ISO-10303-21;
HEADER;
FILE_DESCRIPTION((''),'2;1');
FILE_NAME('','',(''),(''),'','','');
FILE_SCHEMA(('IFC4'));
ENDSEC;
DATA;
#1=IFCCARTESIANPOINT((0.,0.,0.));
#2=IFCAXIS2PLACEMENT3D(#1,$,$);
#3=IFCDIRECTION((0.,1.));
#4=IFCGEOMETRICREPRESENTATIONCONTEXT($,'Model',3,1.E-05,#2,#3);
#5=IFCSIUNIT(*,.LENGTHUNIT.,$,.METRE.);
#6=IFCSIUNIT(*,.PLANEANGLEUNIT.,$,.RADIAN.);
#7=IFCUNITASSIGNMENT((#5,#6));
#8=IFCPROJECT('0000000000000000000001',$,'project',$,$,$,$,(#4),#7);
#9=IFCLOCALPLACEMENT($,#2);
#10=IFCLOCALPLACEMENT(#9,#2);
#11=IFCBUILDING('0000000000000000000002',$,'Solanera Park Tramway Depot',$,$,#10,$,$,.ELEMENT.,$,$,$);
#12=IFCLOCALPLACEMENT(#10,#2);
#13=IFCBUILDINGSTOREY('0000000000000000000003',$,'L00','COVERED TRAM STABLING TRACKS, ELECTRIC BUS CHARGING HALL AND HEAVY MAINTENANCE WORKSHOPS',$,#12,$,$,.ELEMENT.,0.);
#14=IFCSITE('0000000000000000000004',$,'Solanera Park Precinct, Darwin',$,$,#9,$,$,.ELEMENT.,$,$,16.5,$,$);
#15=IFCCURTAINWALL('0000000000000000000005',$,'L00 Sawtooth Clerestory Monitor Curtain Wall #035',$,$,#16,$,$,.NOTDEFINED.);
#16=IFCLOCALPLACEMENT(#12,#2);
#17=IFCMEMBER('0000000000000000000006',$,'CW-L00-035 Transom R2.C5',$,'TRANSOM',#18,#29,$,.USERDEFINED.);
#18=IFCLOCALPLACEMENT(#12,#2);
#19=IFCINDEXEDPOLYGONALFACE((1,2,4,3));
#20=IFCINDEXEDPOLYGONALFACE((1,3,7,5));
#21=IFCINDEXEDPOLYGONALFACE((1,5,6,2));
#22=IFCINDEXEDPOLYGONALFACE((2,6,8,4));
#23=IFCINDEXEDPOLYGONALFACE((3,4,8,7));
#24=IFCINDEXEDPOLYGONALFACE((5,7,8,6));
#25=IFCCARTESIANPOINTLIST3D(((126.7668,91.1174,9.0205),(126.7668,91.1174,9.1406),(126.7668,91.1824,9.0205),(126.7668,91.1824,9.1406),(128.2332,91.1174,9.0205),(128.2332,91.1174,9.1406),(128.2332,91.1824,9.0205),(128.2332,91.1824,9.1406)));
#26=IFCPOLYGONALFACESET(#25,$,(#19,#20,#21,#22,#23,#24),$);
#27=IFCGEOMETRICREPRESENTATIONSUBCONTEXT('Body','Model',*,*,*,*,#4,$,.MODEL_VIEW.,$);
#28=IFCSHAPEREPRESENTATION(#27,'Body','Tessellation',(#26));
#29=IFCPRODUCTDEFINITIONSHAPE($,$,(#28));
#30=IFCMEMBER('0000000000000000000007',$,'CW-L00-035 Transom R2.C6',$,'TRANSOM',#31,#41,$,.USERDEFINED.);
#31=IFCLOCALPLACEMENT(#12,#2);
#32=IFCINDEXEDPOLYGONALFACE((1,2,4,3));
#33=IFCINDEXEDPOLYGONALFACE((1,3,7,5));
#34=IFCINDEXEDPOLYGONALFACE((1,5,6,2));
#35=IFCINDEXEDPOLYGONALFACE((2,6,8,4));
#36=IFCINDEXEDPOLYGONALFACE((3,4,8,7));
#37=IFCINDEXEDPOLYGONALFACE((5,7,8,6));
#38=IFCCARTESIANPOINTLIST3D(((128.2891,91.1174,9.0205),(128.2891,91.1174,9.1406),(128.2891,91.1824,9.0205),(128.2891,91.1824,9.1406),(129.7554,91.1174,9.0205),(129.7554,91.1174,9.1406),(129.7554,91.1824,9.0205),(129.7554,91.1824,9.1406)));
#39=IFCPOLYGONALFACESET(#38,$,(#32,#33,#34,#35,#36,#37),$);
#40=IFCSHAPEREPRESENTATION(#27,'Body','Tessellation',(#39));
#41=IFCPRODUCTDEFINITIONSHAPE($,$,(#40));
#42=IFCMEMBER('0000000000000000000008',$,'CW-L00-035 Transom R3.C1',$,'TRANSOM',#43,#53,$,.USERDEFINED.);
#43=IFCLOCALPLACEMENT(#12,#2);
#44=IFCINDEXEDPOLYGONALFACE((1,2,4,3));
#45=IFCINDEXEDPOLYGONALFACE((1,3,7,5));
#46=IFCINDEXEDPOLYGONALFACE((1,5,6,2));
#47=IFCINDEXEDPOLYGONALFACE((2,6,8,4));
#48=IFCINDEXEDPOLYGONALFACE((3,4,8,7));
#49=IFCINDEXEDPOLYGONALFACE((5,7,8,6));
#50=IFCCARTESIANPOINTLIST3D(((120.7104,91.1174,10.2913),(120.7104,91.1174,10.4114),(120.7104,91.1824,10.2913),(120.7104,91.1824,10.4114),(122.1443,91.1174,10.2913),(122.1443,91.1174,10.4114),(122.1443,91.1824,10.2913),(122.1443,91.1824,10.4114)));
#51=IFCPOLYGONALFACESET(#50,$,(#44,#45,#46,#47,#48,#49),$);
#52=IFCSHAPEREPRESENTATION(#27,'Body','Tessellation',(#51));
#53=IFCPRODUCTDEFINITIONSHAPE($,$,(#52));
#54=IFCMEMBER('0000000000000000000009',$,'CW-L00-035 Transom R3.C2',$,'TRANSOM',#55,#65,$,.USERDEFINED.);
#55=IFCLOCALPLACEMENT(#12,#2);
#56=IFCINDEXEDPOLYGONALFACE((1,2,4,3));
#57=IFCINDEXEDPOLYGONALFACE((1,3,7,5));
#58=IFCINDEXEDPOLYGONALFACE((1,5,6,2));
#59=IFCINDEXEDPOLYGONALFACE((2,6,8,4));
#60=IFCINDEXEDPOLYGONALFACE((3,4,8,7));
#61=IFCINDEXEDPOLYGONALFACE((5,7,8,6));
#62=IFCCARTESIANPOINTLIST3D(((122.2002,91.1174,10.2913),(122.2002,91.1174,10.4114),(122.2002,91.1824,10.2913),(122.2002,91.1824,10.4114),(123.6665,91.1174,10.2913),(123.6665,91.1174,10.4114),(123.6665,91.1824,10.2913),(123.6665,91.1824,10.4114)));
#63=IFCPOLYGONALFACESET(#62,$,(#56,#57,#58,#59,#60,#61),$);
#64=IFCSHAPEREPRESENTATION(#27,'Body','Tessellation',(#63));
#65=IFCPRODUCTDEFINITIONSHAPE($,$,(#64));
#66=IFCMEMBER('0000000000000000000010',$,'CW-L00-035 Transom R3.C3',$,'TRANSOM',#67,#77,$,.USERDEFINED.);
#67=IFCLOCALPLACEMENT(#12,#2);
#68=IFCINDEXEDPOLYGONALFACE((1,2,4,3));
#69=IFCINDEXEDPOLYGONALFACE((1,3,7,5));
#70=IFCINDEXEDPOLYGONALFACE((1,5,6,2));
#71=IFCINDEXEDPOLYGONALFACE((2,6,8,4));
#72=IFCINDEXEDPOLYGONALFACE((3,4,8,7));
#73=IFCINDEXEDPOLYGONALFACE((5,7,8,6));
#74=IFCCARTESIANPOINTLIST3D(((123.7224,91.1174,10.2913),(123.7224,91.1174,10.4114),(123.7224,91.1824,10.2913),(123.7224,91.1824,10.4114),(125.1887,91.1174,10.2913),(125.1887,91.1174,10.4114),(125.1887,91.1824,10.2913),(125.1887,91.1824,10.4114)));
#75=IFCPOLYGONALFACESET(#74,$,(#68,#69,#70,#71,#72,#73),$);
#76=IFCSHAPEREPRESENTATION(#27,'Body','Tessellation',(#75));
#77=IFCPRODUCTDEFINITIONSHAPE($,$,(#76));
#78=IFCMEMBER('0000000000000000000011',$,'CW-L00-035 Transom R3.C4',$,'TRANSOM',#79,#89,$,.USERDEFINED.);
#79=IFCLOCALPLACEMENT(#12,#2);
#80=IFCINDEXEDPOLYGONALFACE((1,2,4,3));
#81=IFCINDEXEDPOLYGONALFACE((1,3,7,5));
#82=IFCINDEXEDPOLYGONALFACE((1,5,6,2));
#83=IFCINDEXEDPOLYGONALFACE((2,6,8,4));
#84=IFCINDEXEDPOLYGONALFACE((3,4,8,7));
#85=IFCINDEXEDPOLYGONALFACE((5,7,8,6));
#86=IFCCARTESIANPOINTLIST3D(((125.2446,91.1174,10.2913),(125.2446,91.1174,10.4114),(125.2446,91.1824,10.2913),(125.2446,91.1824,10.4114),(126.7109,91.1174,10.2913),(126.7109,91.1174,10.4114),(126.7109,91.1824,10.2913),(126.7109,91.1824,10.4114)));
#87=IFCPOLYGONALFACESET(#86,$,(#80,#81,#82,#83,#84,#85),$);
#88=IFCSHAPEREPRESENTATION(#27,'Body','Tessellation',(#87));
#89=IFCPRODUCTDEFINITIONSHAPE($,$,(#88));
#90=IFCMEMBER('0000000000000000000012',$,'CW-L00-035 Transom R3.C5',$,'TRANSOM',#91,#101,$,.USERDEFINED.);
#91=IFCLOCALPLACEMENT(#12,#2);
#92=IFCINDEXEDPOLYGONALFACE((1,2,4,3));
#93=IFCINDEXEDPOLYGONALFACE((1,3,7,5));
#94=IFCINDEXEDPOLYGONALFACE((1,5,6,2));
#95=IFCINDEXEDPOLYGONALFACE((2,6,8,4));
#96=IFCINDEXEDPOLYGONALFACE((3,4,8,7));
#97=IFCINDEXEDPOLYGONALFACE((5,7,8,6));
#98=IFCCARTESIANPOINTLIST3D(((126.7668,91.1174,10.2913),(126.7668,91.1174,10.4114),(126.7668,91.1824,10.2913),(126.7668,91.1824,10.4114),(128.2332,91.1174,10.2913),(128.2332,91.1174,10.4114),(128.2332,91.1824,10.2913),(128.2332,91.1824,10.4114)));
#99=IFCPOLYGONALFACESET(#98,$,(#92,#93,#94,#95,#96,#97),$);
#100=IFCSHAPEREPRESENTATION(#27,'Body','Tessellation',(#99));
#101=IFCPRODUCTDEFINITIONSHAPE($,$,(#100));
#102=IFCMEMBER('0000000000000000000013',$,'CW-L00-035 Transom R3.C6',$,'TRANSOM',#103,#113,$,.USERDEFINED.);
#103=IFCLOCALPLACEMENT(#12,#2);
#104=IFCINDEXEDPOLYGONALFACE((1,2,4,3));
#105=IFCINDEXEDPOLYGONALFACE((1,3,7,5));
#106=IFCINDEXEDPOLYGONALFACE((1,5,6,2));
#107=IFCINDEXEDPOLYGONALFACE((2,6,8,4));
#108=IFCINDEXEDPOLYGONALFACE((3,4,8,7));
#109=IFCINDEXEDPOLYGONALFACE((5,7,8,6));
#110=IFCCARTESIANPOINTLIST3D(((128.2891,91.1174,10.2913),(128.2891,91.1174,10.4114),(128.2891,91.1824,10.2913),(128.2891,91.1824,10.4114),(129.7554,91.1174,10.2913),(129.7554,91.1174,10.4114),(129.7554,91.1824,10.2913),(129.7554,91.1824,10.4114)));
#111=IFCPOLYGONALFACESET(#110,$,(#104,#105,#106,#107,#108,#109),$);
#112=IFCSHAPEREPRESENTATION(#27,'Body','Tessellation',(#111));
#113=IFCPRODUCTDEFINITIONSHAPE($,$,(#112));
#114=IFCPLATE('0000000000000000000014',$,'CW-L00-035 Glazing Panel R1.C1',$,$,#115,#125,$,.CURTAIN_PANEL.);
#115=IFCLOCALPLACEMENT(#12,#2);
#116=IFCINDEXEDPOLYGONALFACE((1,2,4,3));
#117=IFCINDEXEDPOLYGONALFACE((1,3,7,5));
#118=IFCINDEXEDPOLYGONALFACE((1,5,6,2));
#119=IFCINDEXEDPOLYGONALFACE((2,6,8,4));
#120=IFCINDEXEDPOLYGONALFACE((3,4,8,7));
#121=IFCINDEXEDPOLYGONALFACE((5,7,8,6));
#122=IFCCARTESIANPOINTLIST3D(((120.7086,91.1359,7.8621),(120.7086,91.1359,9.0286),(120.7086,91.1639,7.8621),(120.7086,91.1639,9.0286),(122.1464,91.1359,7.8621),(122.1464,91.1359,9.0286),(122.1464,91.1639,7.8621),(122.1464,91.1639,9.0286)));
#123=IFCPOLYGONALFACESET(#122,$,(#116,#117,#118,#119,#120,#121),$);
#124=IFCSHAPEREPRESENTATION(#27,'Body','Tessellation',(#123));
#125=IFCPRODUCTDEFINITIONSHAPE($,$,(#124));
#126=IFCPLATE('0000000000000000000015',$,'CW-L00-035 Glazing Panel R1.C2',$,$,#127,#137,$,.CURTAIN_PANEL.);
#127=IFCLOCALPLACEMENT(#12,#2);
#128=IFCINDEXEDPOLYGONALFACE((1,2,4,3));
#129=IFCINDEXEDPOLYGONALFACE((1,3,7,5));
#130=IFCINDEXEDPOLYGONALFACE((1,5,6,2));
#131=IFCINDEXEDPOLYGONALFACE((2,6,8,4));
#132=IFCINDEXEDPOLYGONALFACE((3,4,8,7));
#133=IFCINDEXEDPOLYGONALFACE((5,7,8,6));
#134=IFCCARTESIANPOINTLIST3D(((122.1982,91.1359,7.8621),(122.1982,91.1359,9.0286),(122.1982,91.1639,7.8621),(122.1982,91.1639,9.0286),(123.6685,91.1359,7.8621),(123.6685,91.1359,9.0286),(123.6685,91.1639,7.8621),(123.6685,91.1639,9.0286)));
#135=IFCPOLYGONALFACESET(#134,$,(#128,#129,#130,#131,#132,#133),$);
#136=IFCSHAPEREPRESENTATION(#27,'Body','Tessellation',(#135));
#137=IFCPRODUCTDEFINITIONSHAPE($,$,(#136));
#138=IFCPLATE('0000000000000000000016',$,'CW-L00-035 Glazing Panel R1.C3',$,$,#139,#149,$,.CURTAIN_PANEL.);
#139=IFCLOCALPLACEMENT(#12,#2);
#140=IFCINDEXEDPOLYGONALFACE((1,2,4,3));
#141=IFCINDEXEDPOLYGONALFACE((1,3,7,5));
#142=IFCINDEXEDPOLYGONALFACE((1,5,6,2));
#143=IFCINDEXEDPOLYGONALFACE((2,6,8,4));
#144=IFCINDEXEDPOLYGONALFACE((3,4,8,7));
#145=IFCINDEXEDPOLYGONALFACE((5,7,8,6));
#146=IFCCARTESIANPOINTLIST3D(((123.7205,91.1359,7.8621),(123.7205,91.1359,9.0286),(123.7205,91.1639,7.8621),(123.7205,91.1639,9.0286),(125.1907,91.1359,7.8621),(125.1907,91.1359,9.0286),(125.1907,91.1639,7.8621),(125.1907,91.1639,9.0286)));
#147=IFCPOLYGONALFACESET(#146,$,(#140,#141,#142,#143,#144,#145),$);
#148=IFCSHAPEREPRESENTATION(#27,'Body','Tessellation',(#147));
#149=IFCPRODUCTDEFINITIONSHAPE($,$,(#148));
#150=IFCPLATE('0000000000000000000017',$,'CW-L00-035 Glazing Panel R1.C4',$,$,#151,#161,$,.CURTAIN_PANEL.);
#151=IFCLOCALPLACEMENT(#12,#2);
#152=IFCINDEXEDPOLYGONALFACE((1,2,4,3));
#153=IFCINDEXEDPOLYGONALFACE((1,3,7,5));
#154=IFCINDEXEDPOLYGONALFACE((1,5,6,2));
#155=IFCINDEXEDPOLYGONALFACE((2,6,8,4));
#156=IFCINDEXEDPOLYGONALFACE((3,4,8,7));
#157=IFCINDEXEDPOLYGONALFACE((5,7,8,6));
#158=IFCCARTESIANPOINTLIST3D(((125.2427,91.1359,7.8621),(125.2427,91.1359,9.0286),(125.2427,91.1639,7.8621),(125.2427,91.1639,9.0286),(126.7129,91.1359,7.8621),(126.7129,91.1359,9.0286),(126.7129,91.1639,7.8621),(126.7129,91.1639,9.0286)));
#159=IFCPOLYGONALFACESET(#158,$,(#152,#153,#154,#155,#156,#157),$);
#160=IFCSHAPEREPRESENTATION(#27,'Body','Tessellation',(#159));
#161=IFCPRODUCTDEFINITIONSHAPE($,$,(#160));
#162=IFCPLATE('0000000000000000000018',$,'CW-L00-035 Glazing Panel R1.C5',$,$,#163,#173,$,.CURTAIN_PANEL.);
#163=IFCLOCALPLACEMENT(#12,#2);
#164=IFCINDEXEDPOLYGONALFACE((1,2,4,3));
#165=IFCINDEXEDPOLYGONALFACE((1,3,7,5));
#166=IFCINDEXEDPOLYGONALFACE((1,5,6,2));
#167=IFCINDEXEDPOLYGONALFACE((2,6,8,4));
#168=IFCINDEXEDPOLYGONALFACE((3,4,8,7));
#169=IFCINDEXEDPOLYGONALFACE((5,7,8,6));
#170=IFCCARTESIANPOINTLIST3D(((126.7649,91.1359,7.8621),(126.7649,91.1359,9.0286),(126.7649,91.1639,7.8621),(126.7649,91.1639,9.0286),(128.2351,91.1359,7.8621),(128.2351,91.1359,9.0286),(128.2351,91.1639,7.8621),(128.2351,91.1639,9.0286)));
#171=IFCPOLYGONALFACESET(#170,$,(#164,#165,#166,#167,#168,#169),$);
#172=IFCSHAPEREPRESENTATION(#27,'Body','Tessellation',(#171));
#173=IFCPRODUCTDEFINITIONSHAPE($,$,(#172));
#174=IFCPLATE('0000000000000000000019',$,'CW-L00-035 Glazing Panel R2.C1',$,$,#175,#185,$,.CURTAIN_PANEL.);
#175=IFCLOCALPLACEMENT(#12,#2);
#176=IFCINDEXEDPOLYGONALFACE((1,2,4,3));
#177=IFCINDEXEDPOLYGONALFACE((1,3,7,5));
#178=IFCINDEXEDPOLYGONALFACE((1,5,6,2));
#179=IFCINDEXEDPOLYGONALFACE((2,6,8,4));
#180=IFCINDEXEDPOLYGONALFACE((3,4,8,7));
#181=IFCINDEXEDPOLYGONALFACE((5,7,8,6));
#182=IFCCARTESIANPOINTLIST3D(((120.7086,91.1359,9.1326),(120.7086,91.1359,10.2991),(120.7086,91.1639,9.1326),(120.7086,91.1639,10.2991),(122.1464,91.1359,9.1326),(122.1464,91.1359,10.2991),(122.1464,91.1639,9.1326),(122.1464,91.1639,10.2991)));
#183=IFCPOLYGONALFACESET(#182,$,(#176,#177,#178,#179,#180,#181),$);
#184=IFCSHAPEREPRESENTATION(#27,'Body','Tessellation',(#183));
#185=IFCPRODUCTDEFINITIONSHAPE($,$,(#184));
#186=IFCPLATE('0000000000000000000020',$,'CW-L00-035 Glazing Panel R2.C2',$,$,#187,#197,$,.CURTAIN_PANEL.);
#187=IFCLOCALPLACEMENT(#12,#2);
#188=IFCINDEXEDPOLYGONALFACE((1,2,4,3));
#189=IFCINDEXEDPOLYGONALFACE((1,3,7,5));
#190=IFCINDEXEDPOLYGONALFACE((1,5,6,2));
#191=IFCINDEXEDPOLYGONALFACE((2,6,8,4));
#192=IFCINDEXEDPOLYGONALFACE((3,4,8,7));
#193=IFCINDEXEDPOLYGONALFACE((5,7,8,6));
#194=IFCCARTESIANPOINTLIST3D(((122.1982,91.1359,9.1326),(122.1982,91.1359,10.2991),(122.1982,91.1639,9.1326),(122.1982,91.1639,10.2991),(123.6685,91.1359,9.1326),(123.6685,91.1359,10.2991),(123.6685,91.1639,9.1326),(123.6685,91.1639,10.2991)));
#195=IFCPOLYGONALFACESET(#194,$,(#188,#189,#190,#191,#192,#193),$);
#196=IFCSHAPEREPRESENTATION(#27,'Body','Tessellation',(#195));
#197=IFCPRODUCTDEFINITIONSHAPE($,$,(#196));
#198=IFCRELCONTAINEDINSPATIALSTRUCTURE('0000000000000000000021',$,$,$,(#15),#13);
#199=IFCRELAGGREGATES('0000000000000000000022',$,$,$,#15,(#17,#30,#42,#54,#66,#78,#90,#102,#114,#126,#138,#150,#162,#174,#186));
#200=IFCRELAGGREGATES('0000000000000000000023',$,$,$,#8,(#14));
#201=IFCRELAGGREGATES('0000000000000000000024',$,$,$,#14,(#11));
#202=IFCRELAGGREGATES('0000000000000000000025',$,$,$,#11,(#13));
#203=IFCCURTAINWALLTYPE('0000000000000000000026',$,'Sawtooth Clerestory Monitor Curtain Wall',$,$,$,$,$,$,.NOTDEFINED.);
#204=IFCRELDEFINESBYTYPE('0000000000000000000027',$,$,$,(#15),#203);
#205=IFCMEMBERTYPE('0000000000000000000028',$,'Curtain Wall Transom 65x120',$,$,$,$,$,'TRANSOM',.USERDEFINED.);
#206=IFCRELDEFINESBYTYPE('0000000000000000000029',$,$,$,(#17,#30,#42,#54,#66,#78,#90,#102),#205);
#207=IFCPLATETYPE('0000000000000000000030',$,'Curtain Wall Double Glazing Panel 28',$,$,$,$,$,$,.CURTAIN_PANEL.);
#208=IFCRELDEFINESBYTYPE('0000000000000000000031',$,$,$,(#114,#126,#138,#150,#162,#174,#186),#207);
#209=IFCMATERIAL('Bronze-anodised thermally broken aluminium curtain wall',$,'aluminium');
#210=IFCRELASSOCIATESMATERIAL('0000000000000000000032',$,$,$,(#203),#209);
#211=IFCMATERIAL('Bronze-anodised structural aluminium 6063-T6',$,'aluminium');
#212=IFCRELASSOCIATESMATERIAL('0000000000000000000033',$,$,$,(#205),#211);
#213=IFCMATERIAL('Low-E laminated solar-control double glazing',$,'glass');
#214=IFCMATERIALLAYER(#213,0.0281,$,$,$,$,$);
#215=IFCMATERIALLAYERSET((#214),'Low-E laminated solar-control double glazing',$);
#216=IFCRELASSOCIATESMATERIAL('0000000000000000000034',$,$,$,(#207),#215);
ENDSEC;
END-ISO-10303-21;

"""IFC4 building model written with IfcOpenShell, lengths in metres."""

from ifc_helpers import new_model, si_unit, direction, frame, origin, origin_2d, place, context, subcontext, project, spatial, rectangle, extrude, material, layer, layer_set, material_profile, profile_set, type_object, element, aggregate, save


model = new_model("IFC4")

# Units and contexts
model_context = context("Model", 3, precision=1e-05, world=origin(), true_north=direction((0.0, 1.0)))
body_context = subcontext(model_context, "Body", "Model", "MODEL_VIEW")
ifc_project = project(units=[si_unit("LENGTHUNIT", "METRE"), si_unit("PLANEANGLEUNIT", "RADIAN")], contexts=[model_context])

# Site, building, storey
site_placement = place(None, origin())
site = spatial("IfcSite", under=ifc_project, at=site_placement, Name="Solanera Park Precinct, Darwin", CompositionType="ELEMENT", RefElevation=16.5)
building_placement = place(site_placement, origin())
building = spatial("IfcBuilding", under=site, at=building_placement, Name="Solanera Park Tramway Depot", CompositionType="ELEMENT")
storey_placement = place(building_placement, origin())
storey = spatial("IfcBuildingStorey", under=building, at=storey_placement, Name="L00", Description="COVERED TRAM STABLING TRACKS, ELECTRIC BUS CHARGING HALL AND HEAVY MAINTENANCE WORKSHOPS", CompositionType="ELEMENT", Elevation=0.0)

# Curtain wall, members, plates
ifc_material_1 = material(Name="Bronze-anodised thermally broken aluminium curtain wall", Category="aluminium")
curtain_wall_type = type_object("IfcCurtainWallType", Name="Sawtooth Clerestory Monitor Curtain Wall", PredefinedType="NOTDEFINED", material=ifc_material_1)
curtain_wall_placement = place(storey_placement, origin())
curtain_wall = element("IfcCurtainWall", 1, at=curtain_wall_placement, inside=storey, type_object=curtain_wall_type, Name="L00 Sawtooth Clerestory Monitor Curtain Wall #035", PredefinedType="NOTDEFINED")
ifc_material_2 = material(Name="Bronze-anodised structural aluminium 6063-T6", Category="aluminium")
ifc_material_profile_1 = material_profile(ifc_material_2, rectangle(XDim=0.0649, YDim=0.1201, at=origin_2d()), Name="Curtain Wall Transom 65x120")
ifc_profile_set_1 = profile_set([ifc_material_profile_1], Name="Bronze-anodised structural aluminium 6063-T6")
member_type_1 = type_object("IfcMemberType", Name="Curtain Wall Transom 65x120", ElementType="TRANSOM", PredefinedType="USERDEFINED", material=ifc_profile_set_1)
member_1_placement = place(storey_placement, frame((126.7668, 91.1499, 9.0806), z_axis=(1.0, 0.0, 0.0), x_axis=(0.0, 1.0, 0.0)))
member_1 = element("IfcMember", 2, at=member_1_placement, type_object=member_type_1, Name="CW-L00-035 Transom R2.C5", ObjectType="TRANSOM", PredefinedType="USERDEFINED", context=body_context, shape_type="SweptSolid", body=[
    extrude(rectangle(XDim=0.0649, YDim=0.1201, at=origin_2d()), origin(), (0.0, 0.0, 1.0), 1.4663),
])
member_2_placement = place(storey_placement, frame((128.2891, 91.1499, 9.0806), z_axis=(1.0, 0.0, 0.0), x_axis=(0.0, 1.0, 0.0)))
member_2 = element("IfcMember", 3, at=member_2_placement, type_object=member_type_1, Name="CW-L00-035 Transom R2.C6", ObjectType="TRANSOM", PredefinedType="USERDEFINED", context=body_context, shape_type="SweptSolid", body=[
    extrude(rectangle(XDim=0.0649, YDim=0.1201, at=origin_2d()), origin(), (0.0, 0.0, 1.0), 1.4663),
])
member_3_placement = place(storey_placement, frame((120.7104, 91.1499, 10.3513), z_axis=(1.0, 0.0, 0.0), x_axis=(0.0, 1.0, 0.0)))
member_3 = element("IfcMember", 4, at=member_3_placement, type_object=member_type_1, Name="CW-L00-035 Transom R3.C1", ObjectType="TRANSOM", PredefinedType="USERDEFINED", context=body_context, shape_type="SweptSolid", body=[
    extrude(rectangle(XDim=0.0649, YDim=0.1201, at=origin_2d()), origin(), (0.0, 0.0, 1.0), 1.4338),
])
member_4_placement = place(storey_placement, frame((122.2002, 91.1499, 10.3513), z_axis=(1.0, 0.0, 0.0), x_axis=(0.0, 1.0, 0.0)))
member_4 = element("IfcMember", 5, at=member_4_placement, type_object=member_type_1, Name="CW-L00-035 Transom R3.C2", ObjectType="TRANSOM", PredefinedType="USERDEFINED", context=body_context, shape_type="SweptSolid", body=[
    extrude(rectangle(XDim=0.0649, YDim=0.1201, at=origin_2d()), origin(), (0.0, 0.0, 1.0), 1.4663),
])
member_5_placement = place(storey_placement, frame((123.7224, 91.1499, 10.3513), z_axis=(1.0, 0.0, 0.0), x_axis=(0.0, 1.0, 0.0)))
member_5 = element("IfcMember", 6, at=member_5_placement, type_object=member_type_1, Name="CW-L00-035 Transom R3.C3", ObjectType="TRANSOM", PredefinedType="USERDEFINED", context=body_context, shape_type="SweptSolid", body=[
    extrude(rectangle(XDim=0.0649, YDim=0.1201, at=origin_2d()), origin(), (0.0, 0.0, 1.0), 1.4663),
])
member_6_placement = place(storey_placement, frame((125.2446, 91.1499, 10.3513), z_axis=(1.0, 0.0, 0.0), x_axis=(0.0, 1.0, 0.0)))
member_6 = element("IfcMember", 7, at=member_6_placement, type_object=member_type_1, Name="CW-L00-035 Transom R3.C4", ObjectType="TRANSOM", PredefinedType="USERDEFINED", context=body_context, shape_type="SweptSolid", body=[
    extrude(rectangle(XDim=0.0649, YDim=0.1201, at=origin_2d()), origin(), (0.0, 0.0, 1.0), 1.4663),
])
member_7_placement = place(storey_placement, frame((126.7668, 91.1499, 10.3513), z_axis=(1.0, 0.0, 0.0), x_axis=(0.0, 1.0, 0.0)))
member_7 = element("IfcMember", 8, at=member_7_placement, type_object=member_type_1, Name="CW-L00-035 Transom R3.C5", ObjectType="TRANSOM", PredefinedType="USERDEFINED", context=body_context, shape_type="SweptSolid", body=[
    extrude(rectangle(XDim=0.0649, YDim=0.1201, at=origin_2d()), origin(), (0.0, 0.0, 1.0), 1.4663),
])
member_8_placement = place(storey_placement, frame((128.2891, 91.1499, 10.3513), z_axis=(1.0, 0.0, 0.0), x_axis=(0.0, 1.0, 0.0)))
member_8 = element("IfcMember", 9, at=member_8_placement, type_object=member_type_1, Name="CW-L00-035 Transom R3.C6", ObjectType="TRANSOM", PredefinedType="USERDEFINED", context=body_context, shape_type="SweptSolid", body=[
    extrude(rectangle(XDim=0.0649, YDim=0.1201, at=origin_2d()), origin(), (0.0, 0.0, 1.0), 1.4663),
])
ifc_material_3 = material(Name="Low-E laminated solar-control double glazing", Category="glass")
ifc_layer = layer(ifc_material_3, 0.0281)
ifc_layer_set = layer_set([ifc_layer], Name="Low-E laminated solar-control double glazing")
plate_type = type_object("IfcPlateType", Name="Curtain Wall Double Glazing Panel 28", PredefinedType="CURTAIN_PANEL", material=ifc_layer_set)
plate_1_placement = place(storey_placement, frame((121.4275, 91.1499, 7.8621), z_axis=(0.0, 0.0, 1.0), x_axis=(1.0, 0.0, 0.0)))
plate_1 = element("IfcPlate", 10, at=plate_1_placement, type_object=plate_type, Name="CW-L00-035 Glazing Panel R1.C1", PredefinedType="CURTAIN_PANEL", context=body_context, shape_type="SweptSolid", body=[
    extrude(rectangle(XDim=1.4377, YDim=0.0281, at=origin_2d()), origin(), (0.0, 0.0, 1.0), 1.1665),
])
plate_2_placement = place(storey_placement, frame((122.9333, 91.1499, 7.8621), z_axis=(0.0, 0.0, 1.0), x_axis=(1.0, 0.0, 0.0)))
plate_2 = element("IfcPlate", 11, at=plate_2_placement, type_object=plate_type, Name="CW-L00-035 Glazing Panel R1.C2", PredefinedType="CURTAIN_PANEL", context=body_context, shape_type="SweptSolid", body=[
    extrude(rectangle(XDim=1.4702, YDim=0.0281, at=origin_2d()), origin(), (0.0, 0.0, 1.0), 1.1665),
])
plate_3_placement = place(storey_placement, frame((124.4556, 91.1499, 7.8621), z_axis=(0.0, 0.0, 1.0), x_axis=(1.0, 0.0, 0.0)))
plate_3 = element("IfcPlate", 12, at=plate_3_placement, type_object=plate_type, Name="CW-L00-035 Glazing Panel R1.C3", PredefinedType="CURTAIN_PANEL", context=body_context, shape_type="SweptSolid", body=[
    extrude(rectangle(XDim=1.4702, YDim=0.0281, at=origin_2d()), origin(), (0.0, 0.0, 1.0), 1.1665),
])
plate_4_placement = place(storey_placement, frame((125.9778, 91.1499, 7.8621), z_axis=(0.0, 0.0, 1.0), x_axis=(1.0, 0.0, 0.0)))
plate_4 = element("IfcPlate", 13, at=plate_4_placement, type_object=plate_type, Name="CW-L00-035 Glazing Panel R1.C4", PredefinedType="CURTAIN_PANEL", context=body_context, shape_type="SweptSolid", body=[
    extrude(rectangle(XDim=1.4702, YDim=0.0281, at=origin_2d()), origin(), (0.0, 0.0, 1.0), 1.1665),
])
plate_5_placement = place(storey_placement, frame((127.5, 91.1499, 7.8621), z_axis=(0.0, 0.0, 1.0), x_axis=(1.0, 0.0, 0.0)))
plate_5 = element("IfcPlate", 14, at=plate_5_placement, type_object=plate_type, Name="CW-L00-035 Glazing Panel R1.C5", PredefinedType="CURTAIN_PANEL", context=body_context, shape_type="SweptSolid", body=[
    extrude(rectangle(XDim=1.4702, YDim=0.0281, at=origin_2d()), origin(), (0.0, 0.0, 1.0), 1.1665),
])
plate_6_placement = place(storey_placement, frame((121.4275, 91.1499, 9.1326), z_axis=(0.0, 0.0, 1.0), x_axis=(1.0, 0.0, 0.0)))
plate_6 = element("IfcPlate", 15, at=plate_6_placement, type_object=plate_type, Name="CW-L00-035 Glazing Panel R2.C1", PredefinedType="CURTAIN_PANEL", context=body_context, shape_type="SweptSolid", body=[
    extrude(rectangle(XDim=1.4377, YDim=0.0281, at=origin_2d()), origin(), (0.0, 0.0, 1.0), 1.1665),
])
plate_7_placement = place(storey_placement, frame((122.9333, 91.1499, 9.1326), z_axis=(0.0, 0.0, 1.0), x_axis=(1.0, 0.0, 0.0)))
plate_7 = element("IfcPlate", 16, at=plate_7_placement, type_object=plate_type, Name="CW-L00-035 Glazing Panel R2.C2", PredefinedType="CURTAIN_PANEL", context=body_context, shape_type="SweptSolid", body=[
    extrude(rectangle(XDim=1.4702, YDim=0.0281, at=origin_2d()), origin(), (0.0, 0.0, 1.0), 1.1665),
])
aggregate(curtain_wall, [member_1, member_2, member_3, member_4, member_5, member_6, member_7, member_8, plate_1, plate_2, plate_3, plate_4, plate_5, plate_6, plate_7])

save(model, "model.ifc")
